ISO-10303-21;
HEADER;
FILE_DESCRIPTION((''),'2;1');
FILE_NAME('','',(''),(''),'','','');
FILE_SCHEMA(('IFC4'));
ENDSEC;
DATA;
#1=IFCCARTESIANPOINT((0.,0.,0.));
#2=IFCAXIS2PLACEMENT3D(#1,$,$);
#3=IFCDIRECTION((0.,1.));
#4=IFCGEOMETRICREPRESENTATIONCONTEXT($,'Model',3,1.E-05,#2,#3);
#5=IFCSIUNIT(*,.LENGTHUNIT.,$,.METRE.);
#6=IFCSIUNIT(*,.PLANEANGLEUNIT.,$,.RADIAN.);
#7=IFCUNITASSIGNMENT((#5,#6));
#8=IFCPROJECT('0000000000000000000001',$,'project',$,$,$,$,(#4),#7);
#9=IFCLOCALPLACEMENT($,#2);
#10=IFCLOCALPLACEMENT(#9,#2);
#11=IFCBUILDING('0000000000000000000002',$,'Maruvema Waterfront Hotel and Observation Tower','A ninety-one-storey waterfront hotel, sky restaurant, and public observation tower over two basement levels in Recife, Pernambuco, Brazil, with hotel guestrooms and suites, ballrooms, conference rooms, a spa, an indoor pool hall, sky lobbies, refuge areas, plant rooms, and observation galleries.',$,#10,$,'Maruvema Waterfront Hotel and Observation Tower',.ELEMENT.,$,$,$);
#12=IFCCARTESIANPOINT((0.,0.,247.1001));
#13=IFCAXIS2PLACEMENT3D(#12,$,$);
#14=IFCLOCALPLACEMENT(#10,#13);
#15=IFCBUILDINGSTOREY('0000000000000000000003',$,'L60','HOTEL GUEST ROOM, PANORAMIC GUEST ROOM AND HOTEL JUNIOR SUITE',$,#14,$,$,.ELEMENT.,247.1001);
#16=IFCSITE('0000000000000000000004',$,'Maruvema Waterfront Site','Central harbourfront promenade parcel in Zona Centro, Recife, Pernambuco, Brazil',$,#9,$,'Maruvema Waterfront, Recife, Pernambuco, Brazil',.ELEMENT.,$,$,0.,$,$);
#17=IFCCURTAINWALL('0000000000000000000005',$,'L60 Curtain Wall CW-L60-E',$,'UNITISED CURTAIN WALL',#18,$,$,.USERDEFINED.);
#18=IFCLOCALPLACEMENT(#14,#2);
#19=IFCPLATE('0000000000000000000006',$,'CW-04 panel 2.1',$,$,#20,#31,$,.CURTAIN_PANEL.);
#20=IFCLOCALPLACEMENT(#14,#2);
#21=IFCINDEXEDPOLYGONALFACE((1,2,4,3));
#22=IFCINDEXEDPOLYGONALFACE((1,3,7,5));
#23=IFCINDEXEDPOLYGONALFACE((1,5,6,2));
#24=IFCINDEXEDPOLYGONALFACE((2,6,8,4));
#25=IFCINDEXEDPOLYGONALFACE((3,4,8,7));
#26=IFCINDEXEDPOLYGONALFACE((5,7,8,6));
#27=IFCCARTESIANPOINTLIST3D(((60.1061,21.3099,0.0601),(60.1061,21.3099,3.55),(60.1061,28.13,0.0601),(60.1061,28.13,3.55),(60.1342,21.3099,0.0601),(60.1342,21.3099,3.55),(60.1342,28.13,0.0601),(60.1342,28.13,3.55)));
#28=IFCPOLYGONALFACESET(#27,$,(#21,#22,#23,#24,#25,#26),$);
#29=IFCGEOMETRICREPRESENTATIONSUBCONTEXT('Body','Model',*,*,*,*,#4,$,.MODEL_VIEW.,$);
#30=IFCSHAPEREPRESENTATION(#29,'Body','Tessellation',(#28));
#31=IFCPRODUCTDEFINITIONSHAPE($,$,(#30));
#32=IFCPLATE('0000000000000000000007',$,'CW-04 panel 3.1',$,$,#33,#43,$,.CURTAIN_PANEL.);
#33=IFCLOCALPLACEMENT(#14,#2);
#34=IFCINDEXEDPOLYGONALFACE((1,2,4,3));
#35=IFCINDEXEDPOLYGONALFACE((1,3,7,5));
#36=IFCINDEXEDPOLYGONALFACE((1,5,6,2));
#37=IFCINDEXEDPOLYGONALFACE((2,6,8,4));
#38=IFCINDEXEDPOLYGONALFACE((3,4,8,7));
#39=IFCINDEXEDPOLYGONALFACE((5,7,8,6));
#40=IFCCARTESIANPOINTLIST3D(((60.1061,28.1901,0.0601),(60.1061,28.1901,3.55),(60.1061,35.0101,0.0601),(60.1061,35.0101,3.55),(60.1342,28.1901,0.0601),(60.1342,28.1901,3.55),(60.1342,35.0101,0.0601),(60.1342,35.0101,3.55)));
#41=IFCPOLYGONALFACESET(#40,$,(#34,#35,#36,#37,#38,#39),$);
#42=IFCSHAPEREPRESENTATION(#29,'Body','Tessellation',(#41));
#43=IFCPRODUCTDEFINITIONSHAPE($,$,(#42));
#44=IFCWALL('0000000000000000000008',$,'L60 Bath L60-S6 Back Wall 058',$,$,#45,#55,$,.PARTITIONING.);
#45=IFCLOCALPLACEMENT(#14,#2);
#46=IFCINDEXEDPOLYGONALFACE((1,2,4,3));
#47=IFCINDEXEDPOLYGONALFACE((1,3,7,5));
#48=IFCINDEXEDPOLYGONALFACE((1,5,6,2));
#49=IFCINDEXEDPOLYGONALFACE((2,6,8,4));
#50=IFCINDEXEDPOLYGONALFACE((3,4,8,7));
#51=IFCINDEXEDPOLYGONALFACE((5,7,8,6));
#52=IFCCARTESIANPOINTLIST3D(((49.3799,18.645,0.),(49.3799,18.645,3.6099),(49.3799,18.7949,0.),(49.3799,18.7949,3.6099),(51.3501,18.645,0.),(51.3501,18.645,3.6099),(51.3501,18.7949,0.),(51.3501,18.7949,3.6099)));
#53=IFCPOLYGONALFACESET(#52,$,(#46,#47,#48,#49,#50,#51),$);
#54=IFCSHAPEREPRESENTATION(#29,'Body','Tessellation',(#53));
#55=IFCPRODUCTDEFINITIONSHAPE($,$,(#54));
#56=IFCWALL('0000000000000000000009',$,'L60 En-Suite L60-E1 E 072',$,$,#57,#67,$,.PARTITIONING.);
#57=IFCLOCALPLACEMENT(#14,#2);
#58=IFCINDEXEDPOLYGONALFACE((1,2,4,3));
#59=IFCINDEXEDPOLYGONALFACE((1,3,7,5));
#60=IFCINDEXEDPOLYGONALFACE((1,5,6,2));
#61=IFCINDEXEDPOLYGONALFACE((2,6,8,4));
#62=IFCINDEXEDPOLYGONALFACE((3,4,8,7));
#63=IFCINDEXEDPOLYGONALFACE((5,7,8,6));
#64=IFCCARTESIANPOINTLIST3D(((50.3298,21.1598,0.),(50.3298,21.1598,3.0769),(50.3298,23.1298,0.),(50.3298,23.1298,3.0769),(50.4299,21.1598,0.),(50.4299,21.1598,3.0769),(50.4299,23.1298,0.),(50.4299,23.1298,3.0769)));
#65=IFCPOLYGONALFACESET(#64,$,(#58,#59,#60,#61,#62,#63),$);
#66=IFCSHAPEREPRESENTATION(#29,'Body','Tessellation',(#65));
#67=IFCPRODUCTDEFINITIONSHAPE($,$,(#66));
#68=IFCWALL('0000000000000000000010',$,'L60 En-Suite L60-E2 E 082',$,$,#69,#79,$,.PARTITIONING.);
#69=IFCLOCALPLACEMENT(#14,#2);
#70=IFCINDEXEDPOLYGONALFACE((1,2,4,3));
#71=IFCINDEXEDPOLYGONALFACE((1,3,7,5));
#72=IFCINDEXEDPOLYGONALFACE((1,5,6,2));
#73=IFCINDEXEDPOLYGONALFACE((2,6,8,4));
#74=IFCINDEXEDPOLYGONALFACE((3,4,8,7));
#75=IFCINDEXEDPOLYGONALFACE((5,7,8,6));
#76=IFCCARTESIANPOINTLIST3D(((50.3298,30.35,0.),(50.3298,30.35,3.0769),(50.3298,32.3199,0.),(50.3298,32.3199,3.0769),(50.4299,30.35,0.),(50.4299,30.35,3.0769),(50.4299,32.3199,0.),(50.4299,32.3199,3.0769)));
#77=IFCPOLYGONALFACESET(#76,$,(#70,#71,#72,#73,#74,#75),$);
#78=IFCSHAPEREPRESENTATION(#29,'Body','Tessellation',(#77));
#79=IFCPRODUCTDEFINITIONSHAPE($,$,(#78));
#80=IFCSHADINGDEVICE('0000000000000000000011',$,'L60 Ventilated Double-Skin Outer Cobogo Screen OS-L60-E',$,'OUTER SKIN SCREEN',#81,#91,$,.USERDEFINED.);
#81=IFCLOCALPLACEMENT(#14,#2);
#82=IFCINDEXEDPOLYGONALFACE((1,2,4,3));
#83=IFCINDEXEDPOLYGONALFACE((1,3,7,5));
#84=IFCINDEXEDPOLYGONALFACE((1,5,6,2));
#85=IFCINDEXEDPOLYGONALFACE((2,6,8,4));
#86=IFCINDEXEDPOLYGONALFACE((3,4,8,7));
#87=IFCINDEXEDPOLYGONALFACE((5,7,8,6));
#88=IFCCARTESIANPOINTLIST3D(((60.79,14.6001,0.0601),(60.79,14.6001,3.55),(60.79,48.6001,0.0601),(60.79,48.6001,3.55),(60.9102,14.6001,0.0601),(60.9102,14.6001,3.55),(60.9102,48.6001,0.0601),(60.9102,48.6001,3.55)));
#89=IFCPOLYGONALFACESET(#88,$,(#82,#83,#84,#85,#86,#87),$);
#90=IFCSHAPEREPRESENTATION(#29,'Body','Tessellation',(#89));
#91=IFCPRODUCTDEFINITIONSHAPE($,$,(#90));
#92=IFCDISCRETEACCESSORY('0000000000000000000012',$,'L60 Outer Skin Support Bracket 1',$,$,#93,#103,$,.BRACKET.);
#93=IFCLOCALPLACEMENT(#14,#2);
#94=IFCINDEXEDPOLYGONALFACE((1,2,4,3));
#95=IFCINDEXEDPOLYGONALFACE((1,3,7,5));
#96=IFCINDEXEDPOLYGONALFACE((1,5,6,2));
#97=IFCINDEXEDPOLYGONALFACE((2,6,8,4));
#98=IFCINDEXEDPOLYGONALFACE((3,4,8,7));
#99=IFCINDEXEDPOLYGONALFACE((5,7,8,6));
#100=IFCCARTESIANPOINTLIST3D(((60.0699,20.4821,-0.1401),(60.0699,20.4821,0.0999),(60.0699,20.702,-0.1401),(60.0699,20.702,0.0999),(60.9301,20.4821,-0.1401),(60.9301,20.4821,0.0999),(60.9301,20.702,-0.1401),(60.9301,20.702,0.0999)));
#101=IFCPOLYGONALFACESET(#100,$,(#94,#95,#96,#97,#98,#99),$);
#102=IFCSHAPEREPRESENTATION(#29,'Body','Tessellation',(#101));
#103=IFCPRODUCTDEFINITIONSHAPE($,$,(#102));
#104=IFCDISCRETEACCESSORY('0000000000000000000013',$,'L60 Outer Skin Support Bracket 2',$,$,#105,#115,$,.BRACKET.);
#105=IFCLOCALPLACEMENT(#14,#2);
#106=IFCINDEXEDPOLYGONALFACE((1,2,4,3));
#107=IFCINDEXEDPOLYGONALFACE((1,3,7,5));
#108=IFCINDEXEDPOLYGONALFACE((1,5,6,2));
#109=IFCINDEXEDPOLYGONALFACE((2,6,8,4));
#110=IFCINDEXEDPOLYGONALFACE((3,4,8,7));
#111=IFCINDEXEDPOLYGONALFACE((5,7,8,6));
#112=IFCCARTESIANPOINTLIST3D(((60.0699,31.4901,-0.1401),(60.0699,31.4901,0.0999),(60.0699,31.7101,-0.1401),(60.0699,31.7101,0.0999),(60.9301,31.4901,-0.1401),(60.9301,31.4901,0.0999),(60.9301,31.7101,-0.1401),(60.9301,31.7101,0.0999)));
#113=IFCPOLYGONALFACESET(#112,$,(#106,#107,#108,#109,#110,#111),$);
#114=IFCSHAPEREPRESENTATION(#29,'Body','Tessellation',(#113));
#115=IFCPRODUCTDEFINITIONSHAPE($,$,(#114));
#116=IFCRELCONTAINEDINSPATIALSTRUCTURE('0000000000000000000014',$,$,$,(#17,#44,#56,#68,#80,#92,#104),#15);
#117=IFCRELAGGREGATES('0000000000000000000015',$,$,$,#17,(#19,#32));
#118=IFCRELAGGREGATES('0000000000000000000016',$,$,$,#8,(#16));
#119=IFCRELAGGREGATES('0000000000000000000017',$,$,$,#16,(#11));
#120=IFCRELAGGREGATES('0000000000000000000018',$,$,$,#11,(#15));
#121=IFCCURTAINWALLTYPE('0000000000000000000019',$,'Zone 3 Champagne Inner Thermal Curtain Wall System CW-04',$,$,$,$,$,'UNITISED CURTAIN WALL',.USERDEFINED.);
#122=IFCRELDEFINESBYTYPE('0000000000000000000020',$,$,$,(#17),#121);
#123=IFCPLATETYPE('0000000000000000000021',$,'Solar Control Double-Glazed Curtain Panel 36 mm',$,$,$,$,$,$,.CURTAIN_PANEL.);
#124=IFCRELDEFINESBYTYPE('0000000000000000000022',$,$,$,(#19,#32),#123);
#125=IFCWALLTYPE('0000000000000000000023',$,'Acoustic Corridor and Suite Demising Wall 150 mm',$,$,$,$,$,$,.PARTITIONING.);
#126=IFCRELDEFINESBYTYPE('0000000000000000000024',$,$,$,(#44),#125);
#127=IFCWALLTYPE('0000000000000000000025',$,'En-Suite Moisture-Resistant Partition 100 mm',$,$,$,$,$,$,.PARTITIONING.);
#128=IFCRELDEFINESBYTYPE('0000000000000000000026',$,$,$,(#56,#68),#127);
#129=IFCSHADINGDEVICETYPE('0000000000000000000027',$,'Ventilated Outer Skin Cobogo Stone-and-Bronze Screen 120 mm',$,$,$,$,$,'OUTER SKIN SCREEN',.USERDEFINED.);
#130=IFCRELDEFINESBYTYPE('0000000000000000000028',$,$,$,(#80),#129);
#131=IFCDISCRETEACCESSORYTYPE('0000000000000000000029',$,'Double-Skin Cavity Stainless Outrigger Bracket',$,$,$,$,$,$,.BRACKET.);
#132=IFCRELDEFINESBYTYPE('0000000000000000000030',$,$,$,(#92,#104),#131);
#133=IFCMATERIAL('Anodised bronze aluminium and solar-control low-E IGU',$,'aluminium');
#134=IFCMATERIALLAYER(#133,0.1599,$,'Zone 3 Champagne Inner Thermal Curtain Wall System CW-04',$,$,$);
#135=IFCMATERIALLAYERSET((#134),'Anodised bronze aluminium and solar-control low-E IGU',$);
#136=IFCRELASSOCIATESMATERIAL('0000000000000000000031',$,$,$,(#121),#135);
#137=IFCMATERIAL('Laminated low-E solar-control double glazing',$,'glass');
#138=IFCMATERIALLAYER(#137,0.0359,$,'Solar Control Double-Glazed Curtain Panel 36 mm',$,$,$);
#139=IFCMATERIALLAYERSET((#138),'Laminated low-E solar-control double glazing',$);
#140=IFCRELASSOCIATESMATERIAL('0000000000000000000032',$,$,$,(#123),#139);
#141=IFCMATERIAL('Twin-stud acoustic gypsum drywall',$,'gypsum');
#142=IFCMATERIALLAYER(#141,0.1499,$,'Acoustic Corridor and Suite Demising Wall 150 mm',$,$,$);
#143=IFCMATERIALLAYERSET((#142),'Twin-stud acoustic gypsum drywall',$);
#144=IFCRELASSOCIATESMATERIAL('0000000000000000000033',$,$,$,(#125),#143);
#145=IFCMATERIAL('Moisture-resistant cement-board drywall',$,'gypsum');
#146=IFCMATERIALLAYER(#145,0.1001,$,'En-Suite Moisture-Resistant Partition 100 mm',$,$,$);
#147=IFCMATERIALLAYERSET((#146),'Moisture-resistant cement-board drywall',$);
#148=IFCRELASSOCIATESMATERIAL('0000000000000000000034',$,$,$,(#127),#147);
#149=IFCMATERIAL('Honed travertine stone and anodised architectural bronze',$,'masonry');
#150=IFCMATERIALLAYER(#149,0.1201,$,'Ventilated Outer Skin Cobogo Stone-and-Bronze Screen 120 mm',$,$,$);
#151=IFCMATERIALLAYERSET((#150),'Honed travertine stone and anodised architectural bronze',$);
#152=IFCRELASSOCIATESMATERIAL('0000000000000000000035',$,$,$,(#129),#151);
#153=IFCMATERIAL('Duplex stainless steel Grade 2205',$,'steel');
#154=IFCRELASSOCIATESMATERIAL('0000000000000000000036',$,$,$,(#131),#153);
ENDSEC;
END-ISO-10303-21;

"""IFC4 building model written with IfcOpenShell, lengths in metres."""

from ifc_helpers import new_model, si_unit, direction, frame, frame_2d, origin, origin_2d, place, context, subcontext, project, spatial, rectangle, extrude, material, layer, layer_set, type_object, element, aggregate, save


model = new_model("IFC4")

# Units and contexts
model_context = context("Model", 3, precision=1e-05, world=origin(), true_north=direction((0.0, 1.0)))
body_context = subcontext(model_context, "Body", "Model", "MODEL_VIEW")
ifc_project = project(units=[si_unit("LENGTHUNIT", "METRE"), si_unit("PLANEANGLEUNIT", "RADIAN")], contexts=[model_context])

# Site, building, storey
site_placement = place(None, origin())
site = spatial("IfcSite", under=ifc_project, at=site_placement, Name="Maruvema Waterfront Site", Description="Central harbourfront promenade parcel in Zona Centro, Recife, Pernambuco, Brazil", LongName="Maruvema Waterfront, Recife, Pernambuco, Brazil", CompositionType="ELEMENT", RefElevation=0.0)
building_placement = place(site_placement, origin())
building = spatial("IfcBuilding", under=site, at=building_placement, Name="Maruvema Waterfront Hotel and Observation Tower", Description="A ninety-one-storey waterfront hotel, sky restaurant, and public observation tower over two basement levels in Recife, Pernambuco, Brazil, with hotel guestrooms and suites, ballrooms, conference rooms, a spa, an indoor pool hall, sky lobbies, refuge areas, plant rooms, and observation galleries.", LongName="Maruvema Waterfront Hotel and Observation Tower", CompositionType="ELEMENT")
storey_placement = place(building_placement, frame((0.0, 0.0, 247.1001)))
storey = spatial("IfcBuildingStorey", under=building, at=storey_placement, Name="L60", Description="HOTEL GUEST ROOM, PANORAMIC GUEST ROOM AND HOTEL JUNIOR SUITE", CompositionType="ELEMENT", Elevation=247.1001)

# Curtain wall
ifc_material_1 = material(Name="Anodised bronze aluminium and solar-control low-E IGU", Category="aluminium")
ifc_layer_1 = layer(ifc_material_1, 0.1599, Name="Zone 3 Champagne Inner Thermal Curtain Wall System CW-04")
ifc_layer_set_1 = layer_set([ifc_layer_1], Name="Anodised bronze aluminium and solar-control low-E IGU")
curtain_wall_type = type_object("IfcCurtainWallType", Name="Zone 3 Champagne Inner Thermal Curtain Wall System CW-04", ElementType="UNITISED CURTAIN WALL", PredefinedType="USERDEFINED", material=ifc_layer_set_1)
curtain_wall_placement = place(storey_placement, origin())
curtain_wall = element("IfcCurtainWall", 1, at=curtain_wall_placement, inside=storey, type_object=curtain_wall_type, Name="L60 Curtain Wall CW-L60-E", ObjectType="UNITISED CURTAIN WALL", PredefinedType="USERDEFINED")

# Plates
ifc_material_2 = material(Name="Laminated low-E solar-control double glazing", Category="glass")
ifc_layer_2 = layer(ifc_material_2, 0.0359, Name="Solar Control Double-Glazed Curtain Panel 36 mm")
ifc_layer_set_2 = layer_set([ifc_layer_2], Name="Laminated low-E solar-control double glazing")
plate_type = type_object("IfcPlateType", Name="Solar Control Double-Glazed Curtain Panel 36 mm", PredefinedType="CURTAIN_PANEL", material=ifc_layer_set_2)
plate_1_placement = place(storey_placement, frame((60.1201, 24.72, 0.0601), z_axis=(0.0, 0.0, 1.0), x_axis=(0.0, 1.0, 0.0)))
plate_1 = element("IfcPlate", 2, at=plate_1_placement, type_object=plate_type, Name="CW-04 panel 2.1", PredefinedType="CURTAIN_PANEL", context=body_context, shape_type="SweptSolid", body=[
    extrude(rectangle(XDim=6.8201, YDim=0.0281, at=origin_2d()), origin(), (0.0, 0.0, 1.0), 3.49),
])
plate_2_placement = place(storey_placement, frame((60.1201, 31.6001, 0.0601), z_axis=(0.0, 0.0, 1.0), x_axis=(0.0, 1.0, 0.0)))
plate_2 = element("IfcPlate", 3, at=plate_2_placement, type_object=plate_type, Name="CW-04 panel 3.1", PredefinedType="CURTAIN_PANEL", context=body_context, shape_type="SweptSolid", body=[
    extrude(rectangle(XDim=6.8201, YDim=0.0281, at=origin_2d()), origin(), (0.0, 0.0, 1.0), 3.49),
])
aggregate(curtain_wall, [plate_1, plate_2])

# Wall
ifc_material_3 = material(Name="Twin-stud acoustic gypsum drywall", Category="gypsum")
ifc_layer_3 = layer(ifc_material_3, 0.1499, Name="Acoustic Corridor and Suite Demising Wall 150 mm")
ifc_layer_set_3 = layer_set([ifc_layer_3], Name="Twin-stud acoustic gypsum drywall")
wall_type_1 = type_object("IfcWallType", Name="Acoustic Corridor and Suite Demising Wall 150 mm", PredefinedType="PARTITIONING", material=ifc_layer_set_3)
wall_1_placement = place(storey_placement, frame((49.3799, 18.72, 0.0), z_axis=(0.0, 0.0, 1.0), x_axis=(1.0, 0.0, 0.0)))
element("IfcWall", 4, at=wall_1_placement, inside=storey, type_object=wall_type_1, Name="L60 Bath L60-S6 Back Wall 058", PredefinedType="PARTITIONING", context=body_context, shape_type="SweptSolid", body=[
    extrude(rectangle(XDim=1.9702, YDim=0.1499, at=frame_2d((0.9851, 0.0))), origin(), (0.0, 0.0, 1.0), 3.6099),
])

# Walls
ifc_material_4 = material(Name="Moisture-resistant cement-board drywall", Category="gypsum")
ifc_layer_4 = layer(ifc_material_4, 0.1001, Name="En-Suite Moisture-Resistant Partition 100 mm")
ifc_layer_set_4 = layer_set([ifc_layer_4], Name="Moisture-resistant cement-board drywall")
wall_type_2 = type_object("IfcWallType", Name="En-Suite Moisture-Resistant Partition 100 mm", PredefinedType="PARTITIONING", material=ifc_layer_set_4)
for number, where, z_axis, x_axis, name in (
    (5, (50.3799, 21.1599, 0.0), (0.0, 0.0, 1.0), (0.0, 1.0, 0.0), "L60 En-Suite L60-E1 E 072"),
    (6, (50.3799, 30.3501, 0.0), (0.0, 0.0, 1.0), (0.0, 1.0, 0.0), "L60 En-Suite L60-E2 E 082"),
):
    element("IfcWall", number, at=place(storey_placement, frame(where, z_axis=z_axis, x_axis=x_axis)), inside=storey, type_object=wall_type_2, Name=name, PredefinedType="PARTITIONING", context=body_context, shape_type="SweptSolid", body=[
        extrude(rectangle(XDim=1.97, YDim=0.1001, at=frame_2d((0.9849, 0.0))), origin(), (0.0, 0.0, 1.0), 3.0769),
    ])

# Shading device
ifc_material_5 = material(Name="Honed travertine stone and anodised architectural bronze", Category="masonry")
ifc_layer_5 = layer(ifc_material_5, 0.1201, Name="Ventilated Outer Skin Cobogo Stone-and-Bronze Screen 120 mm")
ifc_layer_set_5 = layer_set([ifc_layer_5], Name="Honed travertine stone and anodised architectural bronze")
shading_device_type = type_object("IfcShadingDeviceType", Name="Ventilated Outer Skin Cobogo Stone-and-Bronze Screen 120 mm", ElementType="OUTER SKIN SCREEN", PredefinedType="USERDEFINED", material=ifc_layer_set_5)
shading_device_placement = place(storey_placement, frame((60.8501, 31.6001, 0.0601), z_axis=(0.0, 0.0, 1.0), x_axis=(0.0, 1.0, 0.0)))
element("IfcShadingDevice", 7, at=shading_device_placement, inside=storey, type_object=shading_device_type, Name="L60 Ventilated Double-Skin Outer Cobogo Screen OS-L60-E", ObjectType="OUTER SKIN SCREEN", PredefinedType="USERDEFINED", context=body_context, shape_type="SweptSolid", body=[
    extrude(rectangle(XDim=34.0, YDim=0.1201, at=origin_2d()), origin(), (0.0, 0.0, 1.0), 3.49),
])

# Discrete accessories
ifc_material_6 = material(Name="Duplex stainless steel Grade 2205", Category="steel")
discrete_accessory_type = type_object("IfcDiscreteAccessoryType", Name="Double-Skin Cavity Stainless Outrigger Bracket", PredefinedType="BRACKET", material=ifc_material_6)
for number, where, z_axis, x_axis, name in (
    (8, (60.5, 20.592, -0.1401), (0.0, 0.0, 1.0), (0.0, 1.0, 0.0), "L60 Outer Skin Support Bracket 1"),
    (9, (60.5, 31.6001, -0.1401), (0.0, 0.0, 1.0), (0.0, 1.0, 0.0), "L60 Outer Skin Support Bracket 2"),
):
    element("IfcDiscreteAccessory", number, at=place(storey_placement, frame(where, z_axis=z_axis, x_axis=x_axis)), inside=storey, type_object=discrete_accessory_type, Name=name, PredefinedType="BRACKET", context=body_context, shape_type="SweptSolid", body=[
        extrude(rectangle(XDim=0.22, YDim=0.8601, at=origin_2d()), origin(), (0.0, 0.0, 1.0), 0.24),
    ])

save(model, "model.ifc")
